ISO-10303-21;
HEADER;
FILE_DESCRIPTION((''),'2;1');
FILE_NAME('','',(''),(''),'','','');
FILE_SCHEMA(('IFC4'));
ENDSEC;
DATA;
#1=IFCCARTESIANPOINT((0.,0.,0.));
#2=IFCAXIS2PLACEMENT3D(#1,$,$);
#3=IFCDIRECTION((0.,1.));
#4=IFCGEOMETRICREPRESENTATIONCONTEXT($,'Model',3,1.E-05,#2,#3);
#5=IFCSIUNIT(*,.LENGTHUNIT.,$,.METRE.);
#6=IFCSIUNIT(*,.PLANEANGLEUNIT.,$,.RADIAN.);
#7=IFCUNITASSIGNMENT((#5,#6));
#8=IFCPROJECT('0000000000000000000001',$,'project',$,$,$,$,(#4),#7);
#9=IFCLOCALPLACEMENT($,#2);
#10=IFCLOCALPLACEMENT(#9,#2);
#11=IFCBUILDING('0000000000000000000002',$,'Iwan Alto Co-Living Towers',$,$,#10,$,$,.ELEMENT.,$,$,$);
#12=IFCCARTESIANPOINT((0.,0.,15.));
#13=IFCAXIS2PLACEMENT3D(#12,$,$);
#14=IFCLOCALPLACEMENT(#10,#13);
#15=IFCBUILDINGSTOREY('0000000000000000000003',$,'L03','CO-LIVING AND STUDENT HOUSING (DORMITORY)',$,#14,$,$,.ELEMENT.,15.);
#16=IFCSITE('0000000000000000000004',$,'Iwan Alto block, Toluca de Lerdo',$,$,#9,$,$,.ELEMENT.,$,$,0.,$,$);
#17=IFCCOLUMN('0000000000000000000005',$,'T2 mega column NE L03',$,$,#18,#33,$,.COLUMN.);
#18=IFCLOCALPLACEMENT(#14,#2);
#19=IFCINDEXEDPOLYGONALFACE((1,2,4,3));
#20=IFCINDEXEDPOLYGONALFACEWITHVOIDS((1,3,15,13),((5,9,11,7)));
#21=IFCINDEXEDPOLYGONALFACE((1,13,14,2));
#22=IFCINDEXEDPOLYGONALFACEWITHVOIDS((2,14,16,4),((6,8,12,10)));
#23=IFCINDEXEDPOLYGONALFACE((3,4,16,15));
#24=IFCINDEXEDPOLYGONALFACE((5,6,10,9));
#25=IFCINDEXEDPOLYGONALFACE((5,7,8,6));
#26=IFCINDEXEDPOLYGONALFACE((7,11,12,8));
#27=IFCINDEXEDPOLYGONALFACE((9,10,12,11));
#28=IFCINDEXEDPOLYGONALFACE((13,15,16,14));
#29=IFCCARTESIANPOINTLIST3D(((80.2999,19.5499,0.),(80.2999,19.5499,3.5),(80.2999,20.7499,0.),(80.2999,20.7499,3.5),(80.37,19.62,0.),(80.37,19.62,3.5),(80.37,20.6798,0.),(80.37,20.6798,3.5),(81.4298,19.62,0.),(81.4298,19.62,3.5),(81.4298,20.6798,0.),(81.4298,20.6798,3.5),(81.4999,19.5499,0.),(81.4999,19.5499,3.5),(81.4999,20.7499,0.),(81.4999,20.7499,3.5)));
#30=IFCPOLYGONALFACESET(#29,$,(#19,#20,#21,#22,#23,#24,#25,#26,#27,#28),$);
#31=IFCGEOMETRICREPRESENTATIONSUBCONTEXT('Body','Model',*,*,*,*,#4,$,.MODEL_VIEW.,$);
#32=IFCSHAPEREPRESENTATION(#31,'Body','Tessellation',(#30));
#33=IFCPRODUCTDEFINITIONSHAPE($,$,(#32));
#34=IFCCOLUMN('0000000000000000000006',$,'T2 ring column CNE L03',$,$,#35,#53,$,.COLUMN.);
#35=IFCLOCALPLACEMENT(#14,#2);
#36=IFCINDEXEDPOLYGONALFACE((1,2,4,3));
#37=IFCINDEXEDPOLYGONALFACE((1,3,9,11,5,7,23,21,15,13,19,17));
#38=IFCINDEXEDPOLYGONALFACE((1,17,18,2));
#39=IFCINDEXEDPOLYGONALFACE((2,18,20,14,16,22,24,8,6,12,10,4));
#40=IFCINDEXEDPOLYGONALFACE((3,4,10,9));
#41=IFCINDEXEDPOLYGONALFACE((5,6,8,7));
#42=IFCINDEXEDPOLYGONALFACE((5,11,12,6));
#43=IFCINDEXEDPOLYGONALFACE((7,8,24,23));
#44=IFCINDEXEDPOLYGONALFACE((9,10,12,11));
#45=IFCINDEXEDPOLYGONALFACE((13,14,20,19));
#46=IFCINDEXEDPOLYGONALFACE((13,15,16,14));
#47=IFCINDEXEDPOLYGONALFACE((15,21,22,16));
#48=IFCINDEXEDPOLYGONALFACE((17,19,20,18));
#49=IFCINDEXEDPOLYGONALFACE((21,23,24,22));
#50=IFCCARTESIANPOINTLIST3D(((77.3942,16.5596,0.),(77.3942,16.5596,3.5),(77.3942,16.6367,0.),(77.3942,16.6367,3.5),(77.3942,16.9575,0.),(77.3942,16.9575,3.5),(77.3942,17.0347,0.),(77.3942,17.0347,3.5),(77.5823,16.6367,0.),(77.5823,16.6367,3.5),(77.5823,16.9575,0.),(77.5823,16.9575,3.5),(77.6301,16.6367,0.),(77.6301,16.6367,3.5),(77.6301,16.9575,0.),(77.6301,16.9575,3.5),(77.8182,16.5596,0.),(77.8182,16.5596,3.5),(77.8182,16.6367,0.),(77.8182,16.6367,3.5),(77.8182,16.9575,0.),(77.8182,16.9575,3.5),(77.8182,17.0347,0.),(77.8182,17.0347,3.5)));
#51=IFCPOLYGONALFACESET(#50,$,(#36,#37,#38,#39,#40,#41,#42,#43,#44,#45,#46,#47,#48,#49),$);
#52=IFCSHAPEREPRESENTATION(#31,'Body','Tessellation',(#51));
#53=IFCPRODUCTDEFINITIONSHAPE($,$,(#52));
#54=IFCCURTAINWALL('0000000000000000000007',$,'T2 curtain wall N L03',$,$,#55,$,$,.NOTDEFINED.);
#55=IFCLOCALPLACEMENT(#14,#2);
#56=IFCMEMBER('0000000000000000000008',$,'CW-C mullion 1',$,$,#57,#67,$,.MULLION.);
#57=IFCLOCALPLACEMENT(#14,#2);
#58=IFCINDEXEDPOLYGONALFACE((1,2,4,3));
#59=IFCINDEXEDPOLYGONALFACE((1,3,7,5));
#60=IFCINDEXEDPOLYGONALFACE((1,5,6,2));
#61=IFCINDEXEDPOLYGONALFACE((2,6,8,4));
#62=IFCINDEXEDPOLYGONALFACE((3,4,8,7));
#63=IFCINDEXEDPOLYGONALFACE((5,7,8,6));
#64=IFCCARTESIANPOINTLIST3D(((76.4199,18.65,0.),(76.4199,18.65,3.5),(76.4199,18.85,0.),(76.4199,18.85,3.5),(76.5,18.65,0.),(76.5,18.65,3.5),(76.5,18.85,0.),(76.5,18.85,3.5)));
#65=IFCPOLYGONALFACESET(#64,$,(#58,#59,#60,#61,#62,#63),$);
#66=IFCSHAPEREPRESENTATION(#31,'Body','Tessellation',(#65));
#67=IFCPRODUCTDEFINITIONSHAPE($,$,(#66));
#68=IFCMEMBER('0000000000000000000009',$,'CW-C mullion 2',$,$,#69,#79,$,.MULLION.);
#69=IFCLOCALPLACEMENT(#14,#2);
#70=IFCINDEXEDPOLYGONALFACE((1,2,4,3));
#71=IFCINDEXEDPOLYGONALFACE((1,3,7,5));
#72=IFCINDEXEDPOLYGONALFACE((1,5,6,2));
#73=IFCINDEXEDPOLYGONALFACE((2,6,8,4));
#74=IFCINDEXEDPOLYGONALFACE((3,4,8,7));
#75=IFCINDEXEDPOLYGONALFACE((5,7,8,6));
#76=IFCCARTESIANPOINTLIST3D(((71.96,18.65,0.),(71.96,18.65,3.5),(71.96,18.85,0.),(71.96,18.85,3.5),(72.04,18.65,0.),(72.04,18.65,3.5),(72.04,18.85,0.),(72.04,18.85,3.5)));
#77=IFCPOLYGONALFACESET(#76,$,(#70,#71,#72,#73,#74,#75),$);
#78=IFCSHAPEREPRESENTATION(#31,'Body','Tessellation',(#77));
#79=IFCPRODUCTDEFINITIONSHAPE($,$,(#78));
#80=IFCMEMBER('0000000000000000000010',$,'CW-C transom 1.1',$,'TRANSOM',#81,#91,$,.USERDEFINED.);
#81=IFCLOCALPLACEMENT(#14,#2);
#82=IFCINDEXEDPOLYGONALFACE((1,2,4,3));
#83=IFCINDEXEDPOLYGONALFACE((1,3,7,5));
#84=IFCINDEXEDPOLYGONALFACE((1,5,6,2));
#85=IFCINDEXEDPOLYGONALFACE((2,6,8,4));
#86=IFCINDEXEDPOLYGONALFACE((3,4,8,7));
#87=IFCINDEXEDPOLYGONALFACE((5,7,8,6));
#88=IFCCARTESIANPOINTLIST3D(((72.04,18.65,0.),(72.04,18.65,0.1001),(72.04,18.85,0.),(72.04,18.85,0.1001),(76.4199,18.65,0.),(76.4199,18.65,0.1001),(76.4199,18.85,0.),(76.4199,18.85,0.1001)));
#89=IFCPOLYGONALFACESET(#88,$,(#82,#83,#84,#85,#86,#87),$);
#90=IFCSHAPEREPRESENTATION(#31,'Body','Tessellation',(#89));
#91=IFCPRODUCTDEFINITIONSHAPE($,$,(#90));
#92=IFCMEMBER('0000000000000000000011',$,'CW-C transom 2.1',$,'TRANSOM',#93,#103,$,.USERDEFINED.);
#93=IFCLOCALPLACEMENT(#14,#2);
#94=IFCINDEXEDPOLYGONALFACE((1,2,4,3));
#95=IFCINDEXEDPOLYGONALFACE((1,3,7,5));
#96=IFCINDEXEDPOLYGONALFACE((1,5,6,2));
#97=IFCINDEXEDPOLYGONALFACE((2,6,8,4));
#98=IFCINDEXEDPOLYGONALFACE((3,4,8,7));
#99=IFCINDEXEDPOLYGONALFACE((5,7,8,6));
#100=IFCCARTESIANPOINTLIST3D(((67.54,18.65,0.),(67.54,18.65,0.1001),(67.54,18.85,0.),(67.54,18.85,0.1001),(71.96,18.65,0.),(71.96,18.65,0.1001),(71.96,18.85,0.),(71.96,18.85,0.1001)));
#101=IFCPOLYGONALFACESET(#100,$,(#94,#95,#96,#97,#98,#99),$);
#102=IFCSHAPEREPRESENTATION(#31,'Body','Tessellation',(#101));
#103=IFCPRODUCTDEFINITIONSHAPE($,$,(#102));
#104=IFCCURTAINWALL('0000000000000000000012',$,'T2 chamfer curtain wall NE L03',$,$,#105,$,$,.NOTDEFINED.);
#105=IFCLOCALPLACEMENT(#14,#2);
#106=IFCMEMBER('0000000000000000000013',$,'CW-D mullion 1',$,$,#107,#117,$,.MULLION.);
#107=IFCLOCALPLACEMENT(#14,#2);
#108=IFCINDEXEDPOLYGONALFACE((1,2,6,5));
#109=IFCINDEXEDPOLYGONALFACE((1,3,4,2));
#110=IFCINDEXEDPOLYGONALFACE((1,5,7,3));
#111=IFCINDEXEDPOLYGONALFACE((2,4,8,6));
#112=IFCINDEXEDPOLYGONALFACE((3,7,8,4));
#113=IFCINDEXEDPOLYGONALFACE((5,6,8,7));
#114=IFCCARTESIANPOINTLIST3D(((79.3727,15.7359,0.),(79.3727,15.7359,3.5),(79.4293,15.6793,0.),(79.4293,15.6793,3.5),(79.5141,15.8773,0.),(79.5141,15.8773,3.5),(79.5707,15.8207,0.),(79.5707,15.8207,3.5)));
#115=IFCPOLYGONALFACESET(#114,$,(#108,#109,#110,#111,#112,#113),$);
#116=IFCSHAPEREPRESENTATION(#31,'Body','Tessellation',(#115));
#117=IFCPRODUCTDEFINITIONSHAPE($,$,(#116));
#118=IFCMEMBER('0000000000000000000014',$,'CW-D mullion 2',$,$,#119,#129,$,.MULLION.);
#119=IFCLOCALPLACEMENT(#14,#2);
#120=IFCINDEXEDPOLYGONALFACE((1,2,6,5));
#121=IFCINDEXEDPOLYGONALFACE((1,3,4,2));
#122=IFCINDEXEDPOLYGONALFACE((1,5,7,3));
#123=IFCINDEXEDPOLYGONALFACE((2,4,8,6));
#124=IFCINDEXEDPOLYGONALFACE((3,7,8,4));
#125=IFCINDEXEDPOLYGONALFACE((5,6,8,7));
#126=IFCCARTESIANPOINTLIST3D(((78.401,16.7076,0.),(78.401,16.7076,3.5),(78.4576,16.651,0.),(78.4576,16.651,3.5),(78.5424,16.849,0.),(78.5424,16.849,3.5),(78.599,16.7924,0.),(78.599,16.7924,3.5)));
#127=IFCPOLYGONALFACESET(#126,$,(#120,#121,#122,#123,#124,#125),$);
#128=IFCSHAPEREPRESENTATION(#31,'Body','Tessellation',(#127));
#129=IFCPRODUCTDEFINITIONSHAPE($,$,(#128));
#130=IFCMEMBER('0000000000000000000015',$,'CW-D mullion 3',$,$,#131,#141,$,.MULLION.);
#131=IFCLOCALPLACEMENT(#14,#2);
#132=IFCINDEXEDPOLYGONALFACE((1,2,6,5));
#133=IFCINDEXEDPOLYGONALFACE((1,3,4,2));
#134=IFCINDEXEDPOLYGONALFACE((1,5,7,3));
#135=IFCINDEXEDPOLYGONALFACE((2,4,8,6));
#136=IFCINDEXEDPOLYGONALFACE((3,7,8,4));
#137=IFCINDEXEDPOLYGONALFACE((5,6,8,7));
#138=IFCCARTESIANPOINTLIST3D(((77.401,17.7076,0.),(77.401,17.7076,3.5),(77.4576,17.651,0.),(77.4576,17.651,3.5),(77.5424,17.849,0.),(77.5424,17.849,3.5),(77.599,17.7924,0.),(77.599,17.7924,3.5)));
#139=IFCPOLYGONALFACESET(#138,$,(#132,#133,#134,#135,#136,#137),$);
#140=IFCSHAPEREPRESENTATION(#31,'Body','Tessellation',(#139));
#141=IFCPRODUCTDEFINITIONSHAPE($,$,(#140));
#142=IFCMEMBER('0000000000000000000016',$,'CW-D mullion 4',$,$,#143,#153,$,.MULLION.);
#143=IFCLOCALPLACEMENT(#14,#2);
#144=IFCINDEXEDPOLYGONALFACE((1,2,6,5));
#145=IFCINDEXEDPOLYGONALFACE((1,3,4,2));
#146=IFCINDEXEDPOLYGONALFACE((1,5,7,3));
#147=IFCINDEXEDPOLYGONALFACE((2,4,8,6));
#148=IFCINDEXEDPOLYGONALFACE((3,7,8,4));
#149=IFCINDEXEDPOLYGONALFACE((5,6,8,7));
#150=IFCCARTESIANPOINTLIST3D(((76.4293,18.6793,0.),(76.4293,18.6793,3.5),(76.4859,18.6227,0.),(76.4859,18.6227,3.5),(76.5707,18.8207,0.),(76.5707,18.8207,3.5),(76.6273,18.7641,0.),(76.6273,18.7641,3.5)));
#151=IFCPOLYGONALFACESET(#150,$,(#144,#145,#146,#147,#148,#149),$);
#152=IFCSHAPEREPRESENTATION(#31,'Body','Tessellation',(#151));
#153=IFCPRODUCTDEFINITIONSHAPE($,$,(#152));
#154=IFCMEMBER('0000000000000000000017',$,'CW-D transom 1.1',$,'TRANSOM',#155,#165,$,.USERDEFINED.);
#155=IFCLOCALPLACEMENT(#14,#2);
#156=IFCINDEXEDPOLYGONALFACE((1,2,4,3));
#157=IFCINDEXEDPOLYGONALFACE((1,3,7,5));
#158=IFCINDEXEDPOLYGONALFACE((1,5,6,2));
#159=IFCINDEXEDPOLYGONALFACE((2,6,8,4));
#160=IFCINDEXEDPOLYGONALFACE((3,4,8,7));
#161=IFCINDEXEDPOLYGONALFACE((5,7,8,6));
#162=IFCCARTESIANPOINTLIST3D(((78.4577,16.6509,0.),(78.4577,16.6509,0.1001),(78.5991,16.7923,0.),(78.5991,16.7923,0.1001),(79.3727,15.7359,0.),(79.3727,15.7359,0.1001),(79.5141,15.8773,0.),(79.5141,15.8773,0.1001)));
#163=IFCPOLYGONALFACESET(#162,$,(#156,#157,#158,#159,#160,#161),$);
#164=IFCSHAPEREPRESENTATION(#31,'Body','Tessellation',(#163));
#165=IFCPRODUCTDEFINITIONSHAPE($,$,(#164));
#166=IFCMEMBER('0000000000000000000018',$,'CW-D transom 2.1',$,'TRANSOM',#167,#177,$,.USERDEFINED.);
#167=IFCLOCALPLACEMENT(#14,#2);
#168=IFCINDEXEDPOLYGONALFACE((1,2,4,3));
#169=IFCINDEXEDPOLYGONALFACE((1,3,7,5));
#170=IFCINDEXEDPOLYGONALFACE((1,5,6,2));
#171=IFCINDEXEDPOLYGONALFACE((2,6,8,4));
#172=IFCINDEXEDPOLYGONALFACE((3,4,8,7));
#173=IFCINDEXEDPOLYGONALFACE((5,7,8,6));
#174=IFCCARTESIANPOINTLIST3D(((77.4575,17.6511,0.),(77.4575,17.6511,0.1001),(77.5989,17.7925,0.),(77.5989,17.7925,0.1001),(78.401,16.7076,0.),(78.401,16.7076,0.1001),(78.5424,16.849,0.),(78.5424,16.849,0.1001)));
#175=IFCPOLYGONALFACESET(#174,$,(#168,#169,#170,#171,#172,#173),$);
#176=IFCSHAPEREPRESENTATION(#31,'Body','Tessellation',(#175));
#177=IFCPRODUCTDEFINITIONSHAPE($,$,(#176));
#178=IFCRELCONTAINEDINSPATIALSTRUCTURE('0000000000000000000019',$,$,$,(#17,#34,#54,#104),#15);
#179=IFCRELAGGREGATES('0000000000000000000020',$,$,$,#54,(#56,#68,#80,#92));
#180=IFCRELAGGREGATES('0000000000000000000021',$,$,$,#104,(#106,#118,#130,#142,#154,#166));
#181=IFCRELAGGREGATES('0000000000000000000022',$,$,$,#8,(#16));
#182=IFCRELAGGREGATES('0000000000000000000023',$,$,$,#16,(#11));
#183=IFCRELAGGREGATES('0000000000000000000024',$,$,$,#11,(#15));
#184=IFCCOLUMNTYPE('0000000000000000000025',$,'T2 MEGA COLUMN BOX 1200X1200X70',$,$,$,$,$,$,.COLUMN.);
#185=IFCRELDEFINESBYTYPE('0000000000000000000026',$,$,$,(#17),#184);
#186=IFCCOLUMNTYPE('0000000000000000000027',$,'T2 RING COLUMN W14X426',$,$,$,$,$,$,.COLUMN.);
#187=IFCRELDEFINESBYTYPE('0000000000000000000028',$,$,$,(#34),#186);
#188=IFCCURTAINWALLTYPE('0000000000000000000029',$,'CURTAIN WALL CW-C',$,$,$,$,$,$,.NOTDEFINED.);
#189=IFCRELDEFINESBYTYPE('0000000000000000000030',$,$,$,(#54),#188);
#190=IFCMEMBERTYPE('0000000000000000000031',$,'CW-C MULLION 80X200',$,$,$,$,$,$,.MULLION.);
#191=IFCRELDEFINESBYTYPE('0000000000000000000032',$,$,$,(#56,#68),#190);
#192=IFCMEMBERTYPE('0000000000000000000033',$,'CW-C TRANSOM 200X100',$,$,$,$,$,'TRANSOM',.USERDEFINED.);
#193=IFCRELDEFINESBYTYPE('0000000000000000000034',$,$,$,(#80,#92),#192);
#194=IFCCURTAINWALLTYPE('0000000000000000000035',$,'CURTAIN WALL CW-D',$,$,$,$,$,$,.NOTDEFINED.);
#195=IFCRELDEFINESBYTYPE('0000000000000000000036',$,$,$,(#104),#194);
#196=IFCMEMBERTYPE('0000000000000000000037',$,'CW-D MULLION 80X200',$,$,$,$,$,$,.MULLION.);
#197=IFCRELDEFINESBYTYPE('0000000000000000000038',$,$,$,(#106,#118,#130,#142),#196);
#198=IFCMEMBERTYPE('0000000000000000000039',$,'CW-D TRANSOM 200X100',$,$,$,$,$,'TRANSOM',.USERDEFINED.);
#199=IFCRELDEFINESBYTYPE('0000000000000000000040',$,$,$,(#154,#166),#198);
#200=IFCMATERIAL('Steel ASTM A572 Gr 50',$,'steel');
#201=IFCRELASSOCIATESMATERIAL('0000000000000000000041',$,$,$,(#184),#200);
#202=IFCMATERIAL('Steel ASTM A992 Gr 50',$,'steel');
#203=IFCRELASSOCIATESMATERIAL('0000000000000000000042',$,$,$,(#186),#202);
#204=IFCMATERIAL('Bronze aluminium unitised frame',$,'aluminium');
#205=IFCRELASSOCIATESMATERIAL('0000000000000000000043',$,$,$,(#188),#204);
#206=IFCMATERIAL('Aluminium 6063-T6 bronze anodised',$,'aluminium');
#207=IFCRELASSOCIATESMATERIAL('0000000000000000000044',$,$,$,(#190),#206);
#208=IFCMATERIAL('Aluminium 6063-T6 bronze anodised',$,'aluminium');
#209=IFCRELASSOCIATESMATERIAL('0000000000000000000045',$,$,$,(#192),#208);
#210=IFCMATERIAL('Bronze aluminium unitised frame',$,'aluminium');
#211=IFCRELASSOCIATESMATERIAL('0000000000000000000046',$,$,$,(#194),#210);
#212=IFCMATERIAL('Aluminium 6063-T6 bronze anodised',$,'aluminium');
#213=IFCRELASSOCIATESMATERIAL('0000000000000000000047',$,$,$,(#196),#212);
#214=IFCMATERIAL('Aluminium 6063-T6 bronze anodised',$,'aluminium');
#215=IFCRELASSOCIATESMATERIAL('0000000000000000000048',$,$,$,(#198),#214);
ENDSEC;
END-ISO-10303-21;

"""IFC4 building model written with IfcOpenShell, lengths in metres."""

from ifc_helpers import new_model, si_unit, direction, frame, origin, origin_2d, place, context, subcontext, project, spatial, rectangle, hollow_rectangle, i_section, extrude, material, material_profile, profile_set, type_object, element, aggregate, save


model = new_model("IFC4")

# Units and contexts
model_context = context("Model", 3, precision=1e-05, world=origin(), true_north=direction((0.0, 1.0)))
body_context = subcontext(model_context, "Body", "Model", "MODEL_VIEW")
ifc_project = project(units=[si_unit("LENGTHUNIT", "METRE"), si_unit("PLANEANGLEUNIT", "RADIAN")], contexts=[model_context])

# Site, building, storey
site_placement = place(None, origin())
site = spatial("IfcSite", under=ifc_project, at=site_placement, Name="Iwan Alto block, Toluca de Lerdo", CompositionType="ELEMENT", RefElevation=0.0)
building_placement = place(site_placement, origin())
building = spatial("IfcBuilding", under=site, at=building_placement, Name="Iwan Alto Co-Living Towers", CompositionType="ELEMENT")
storey_placement = place(building_placement, frame((0.0, 0.0, 15.0)))
storey = spatial("IfcBuildingStorey", under=building, at=storey_placement, Name="L03", Description="CO-LIVING AND STUDENT HOUSING (DORMITORY)", CompositionType="ELEMENT", Elevation=15.0)

# Columns
ifc_material_1 = material(Name="Steel ASTM A572 Gr 50", Category="steel")
ifc_material_profile_1 = material_profile(ifc_material_1, hollow_rectangle(XDim=1.2, YDim=1.2, WallThickness=0.0701, at=origin_2d()), Name="BOX 1200X1200X70")
ifc_profile_set_1 = profile_set([ifc_material_profile_1], Name="Steel ASTM A572 Gr 50")
column_type_1 = type_object("IfcColumnType", Name="T2 MEGA COLUMN BOX 1200X1200X70", PredefinedType="COLUMN", material=ifc_profile_set_1)
column_1_placement = place(storey_placement, frame((80.8999, 20.1499, 0.0), z_axis=(0.0, 0.0, 1.0), x_axis=(1.0, 0.0, 0.0)))
element("IfcColumn", 1, at=column_1_placement, inside=storey, type_object=column_type_1, Name="T2 mega column NE L03", PredefinedType="COLUMN", context=body_context, shape_type="SweptSolid", body=[
    extrude(hollow_rectangle(XDim=1.2, YDim=1.2, WallThickness=0.0701, at=origin_2d()), origin(), (0.0, 0.0, 1.0), 3.5),
])
ifc_material_2 = material(Name="Steel ASTM A992 Gr 50", Category="steel")
ifc_material_profile_2 = material_profile(ifc_material_2, i_section(OverallWidth=0.4241, OverallDepth=0.4751, WebThickness=0.0479, FlangeThickness=0.0771, at=origin_2d()), Name="W14X426")
ifc_profile_set_2 = profile_set([ifc_material_profile_2], Name="Steel ASTM A992 Gr 50")
column_type_2 = type_object("IfcColumnType", Name="T2 RING COLUMN W14X426", PredefinedType="COLUMN", material=ifc_profile_set_2)
column_2_placement = place(storey_placement, frame((77.6062, 16.7971, 0.0), z_axis=(0.0, 0.0, 1.0), x_axis=(1.0, 0.0, 0.0)))
element("IfcColumn", 2, at=column_2_placement, inside=storey, type_object=column_type_2, Name="T2 ring column CNE L03", PredefinedType="COLUMN", context=body_context, shape_type="SweptSolid", body=[
    extrude(i_section(OverallWidth=0.4241, OverallDepth=0.4751, WebThickness=0.0479, FlangeThickness=0.0771, at=origin_2d()), origin(), (0.0, 0.0, 1.0), 3.5),
])

# Curtain walls, members
ifc_material_3 = material(Name="Bronze aluminium unitised frame", Category="aluminium")
curtain_wall_type_1 = type_object("IfcCurtainWallType", Name="CURTAIN WALL CW-C", PredefinedType="NOTDEFINED", material=ifc_material_3)
curtain_wall_1_placement = place(storey_placement, origin())
curtain_wall_1 = element("IfcCurtainWall", 3, at=curtain_wall_1_placement, inside=storey, type_object=curtain_wall_type_1, Name="T2 curtain wall N L03", PredefinedType="NOTDEFINED")
ifc_material_4 = material(Name="Aluminium 6063-T6 bronze anodised", Category="aluminium")
ifc_material_profile_3 = material_profile(ifc_material_4, rectangle(XDim=0.2, YDim=0.0801, at=origin_2d()), Name="AL 80X200")
ifc_profile_set_3 = profile_set([ifc_material_profile_3], Name="Aluminium 6063-T6 bronze anodised")
member_type_1 = type_object("IfcMemberType", Name="CW-C MULLION 80X200", PredefinedType="MULLION", material=ifc_profile_set_3)
member_1_placement = place(storey_placement, frame((76.46, 18.75, 0.0), z_axis=(0.0, 0.0, 1.0), x_axis=(0.0, -1.0, 0.0)))
member_1 = element("IfcMember", 4, at=member_1_placement, type_object=member_type_1, Name="CW-C mullion 1", PredefinedType="MULLION", context=body_context, shape_type="SweptSolid", body=[
    extrude(rectangle(XDim=0.2, YDim=0.0801, at=origin_2d()), origin(), (0.0, 0.0, 1.0), 3.5),
])
member_2_placement = place(storey_placement, frame((72.0, 18.75, 0.0), z_axis=(0.0, 0.0, 1.0), x_axis=(0.0, -1.0, 0.0)))
member_2 = element("IfcMember", 5, at=member_2_placement, type_object=member_type_1, Name="CW-C mullion 2", PredefinedType="MULLION", context=body_context, shape_type="SweptSolid", body=[
    extrude(rectangle(XDim=0.2, YDim=0.0801, at=origin_2d()), origin(), (0.0, 0.0, 1.0), 3.5),
])
ifc_material_5 = material(Name="Aluminium 6063-T6 bronze anodised", Category="aluminium")
ifc_material_profile_4 = material_profile(ifc_material_5, rectangle(XDim=0.2, YDim=0.1001, at=origin_2d()), Name="AL 200X100")
ifc_profile_set_4 = profile_set([ifc_material_profile_4], Name="Aluminium 6063-T6 bronze anodised")
member_type_2 = type_object("IfcMemberType", Name="CW-C TRANSOM 200X100", ElementType="TRANSOM", PredefinedType="USERDEFINED", material=ifc_profile_set_4)
member_3_placement = place(storey_placement, frame((76.4199, 18.75, 0.05), z_axis=(-1.0, 0.0, 0.0), x_axis=(0.0, -1.0, 0.0)))
member_3 = element("IfcMember", 6, at=member_3_placement, type_object=member_type_2, Name="CW-C transom 1.1", ObjectType="TRANSOM", PredefinedType="USERDEFINED", context=body_context, shape_type="SweptSolid", body=[
    extrude(rectangle(XDim=0.2, YDim=0.1001, at=origin_2d()), origin(), (0.0, 0.0, 1.0), 4.3799),
])
member_4_placement = place(storey_placement, frame((71.96, 18.75, 0.05), z_axis=(-1.0, 0.0, 0.0), x_axis=(0.0, -1.0, 0.0)))
member_4 = element("IfcMember", 7, at=member_4_placement, type_object=member_type_2, Name="CW-C transom 2.1", ObjectType="TRANSOM", PredefinedType="USERDEFINED", context=body_context, shape_type="SweptSolid", body=[
    extrude(rectangle(XDim=0.2, YDim=0.1001, at=origin_2d()), origin(), (0.0, 0.0, 1.0), 4.4199),
])
ifc_material_6 = material(Name="Bronze aluminium unitised frame", Category="aluminium")
curtain_wall_type_2 = type_object("IfcCurtainWallType", Name="CURTAIN WALL CW-D", PredefinedType="NOTDEFINED", material=ifc_material_6)
curtain_wall_2_placement = place(storey_placement, origin())
curtain_wall_2 = element("IfcCurtainWall", 8, at=curtain_wall_2_placement, inside=storey, type_object=curtain_wall_type_2, Name="T2 chamfer curtain wall NE L03", PredefinedType="NOTDEFINED")
ifc_material_7 = material(Name="Aluminium 6063-T6 bronze anodised", Category="aluminium")
ifc_material_profile_5 = material_profile(ifc_material_7, rectangle(XDim=0.2, YDim=0.0801, at=origin_2d()), Name="AL 80X200")
ifc_profile_set_5 = profile_set([ifc_material_profile_5], Name="Aluminium 6063-T6 bronze anodised")
member_type_3 = type_object("IfcMemberType", Name="CW-D MULLION 80X200", PredefinedType="MULLION", material=ifc_profile_set_5)
member_5_placement = place(storey_placement, frame((79.4717, 15.7783, 0.0), z_axis=(0.0, 0.0, 1.0), x_axis=(-0.707107, -0.707107, 0.0)))
member_5 = element("IfcMember", 9, at=member_5_placement, type_object=member_type_3, Name="CW-D mullion 1", PredefinedType="MULLION", context=body_context, shape_type="SweptSolid", body=[
    extrude(rectangle(XDim=0.2, YDim=0.0801, at=origin_2d()), origin(), (0.0, 0.0, 1.0), 3.5),
])
member_6_placement = place(storey_placement, frame((78.5, 16.75, 0.0), z_axis=(0.0, 0.0, 1.0), x_axis=(-0.707107, -0.707107, 0.0)))
member_6 = element("IfcMember", 10, at=member_6_placement, type_object=member_type_3, Name="CW-D mullion 2", PredefinedType="MULLION", context=body_context, shape_type="SweptSolid", body=[
    extrude(rectangle(XDim=0.2, YDim=0.0801, at=origin_2d()), origin(), (0.0, 0.0, 1.0), 3.5),
])
member_7_placement = place(storey_placement, frame((77.5, 17.75, 0.0), z_axis=(0.0, 0.0, 1.0), x_axis=(-0.707107, -0.707107, 0.0)))
member_7 = element("IfcMember", 11, at=member_7_placement, type_object=member_type_3, Name="CW-D mullion 3", PredefinedType="MULLION", context=body_context, shape_type="SweptSolid", body=[
    extrude(rectangle(XDim=0.2, YDim=0.0801, at=origin_2d()), origin(), (0.0, 0.0, 1.0), 3.5),
])
member_8_placement = place(storey_placement, frame((76.5283, 18.7217, 0.0), z_axis=(0.0, 0.0, 1.0), x_axis=(-0.707107, -0.707107, 0.0)))
member_8 = element("IfcMember", 12, at=member_8_placement, type_object=member_type_3, Name="CW-D mullion 4", PredefinedType="MULLION", context=body_context, shape_type="SweptSolid", body=[
    extrude(rectangle(XDim=0.2, YDim=0.0801, at=origin_2d()), origin(), (0.0, 0.0, 1.0), 3.5),
])
ifc_material_8 = material(Name="Aluminium 6063-T6 bronze anodised", Category="aluminium")
ifc_material_profile_6 = material_profile(ifc_material_8, rectangle(XDim=0.2, YDim=0.1001, at=origin_2d()), Name="AL 200X100")
ifc_profile_set_6 = profile_set([ifc_material_profile_6], Name="Aluminium 6063-T6 bronze anodised")
member_type_4 = type_object("IfcMemberType", Name="CW-D TRANSOM 200X100", ElementType="TRANSOM", PredefinedType="USERDEFINED", material=ifc_profile_set_6)
member_9_placement = place(storey_placement, frame((79.4434, 15.8066, 0.05), z_axis=(-0.707107, 0.707107, 0.0), x_axis=(-0.707107, -0.707107, 0.0)))
member_9 = element("IfcMember", 13, at=member_9_placement, type_object=member_type_4, Name="CW-D transom 1.1", ObjectType="TRANSOM", PredefinedType="USERDEFINED", context=body_context, shape_type="SweptSolid", body=[
    extrude(rectangle(XDim=0.2, YDim=0.1001, at=origin_2d()), origin(), (0.0, 0.0, 1.0), 1.2939),
])
member_10_placement = place(storey_placement, frame((78.4717, 16.7783, 0.05), z_axis=(-0.707107, 0.707107, 0.0), x_axis=(-0.707107, -0.707107, 0.0)))
member_10 = element("IfcMember", 14, at=member_10_placement, type_object=member_type_4, Name="CW-D transom 2.1", ObjectType="TRANSOM", PredefinedType="USERDEFINED", context=body_context, shape_type="SweptSolid", body=[
    extrude(rectangle(XDim=0.2, YDim=0.1001, at=origin_2d()), origin(), (0.0, 0.0, 1.0), 1.3342),
])

aggregate(curtain_wall_1, [member_1, member_2, member_3, member_4])
aggregate(curtain_wall_2, [member_5, member_6, member_7, member_8, member_9, member_10])

save(model, "model.ifc")
